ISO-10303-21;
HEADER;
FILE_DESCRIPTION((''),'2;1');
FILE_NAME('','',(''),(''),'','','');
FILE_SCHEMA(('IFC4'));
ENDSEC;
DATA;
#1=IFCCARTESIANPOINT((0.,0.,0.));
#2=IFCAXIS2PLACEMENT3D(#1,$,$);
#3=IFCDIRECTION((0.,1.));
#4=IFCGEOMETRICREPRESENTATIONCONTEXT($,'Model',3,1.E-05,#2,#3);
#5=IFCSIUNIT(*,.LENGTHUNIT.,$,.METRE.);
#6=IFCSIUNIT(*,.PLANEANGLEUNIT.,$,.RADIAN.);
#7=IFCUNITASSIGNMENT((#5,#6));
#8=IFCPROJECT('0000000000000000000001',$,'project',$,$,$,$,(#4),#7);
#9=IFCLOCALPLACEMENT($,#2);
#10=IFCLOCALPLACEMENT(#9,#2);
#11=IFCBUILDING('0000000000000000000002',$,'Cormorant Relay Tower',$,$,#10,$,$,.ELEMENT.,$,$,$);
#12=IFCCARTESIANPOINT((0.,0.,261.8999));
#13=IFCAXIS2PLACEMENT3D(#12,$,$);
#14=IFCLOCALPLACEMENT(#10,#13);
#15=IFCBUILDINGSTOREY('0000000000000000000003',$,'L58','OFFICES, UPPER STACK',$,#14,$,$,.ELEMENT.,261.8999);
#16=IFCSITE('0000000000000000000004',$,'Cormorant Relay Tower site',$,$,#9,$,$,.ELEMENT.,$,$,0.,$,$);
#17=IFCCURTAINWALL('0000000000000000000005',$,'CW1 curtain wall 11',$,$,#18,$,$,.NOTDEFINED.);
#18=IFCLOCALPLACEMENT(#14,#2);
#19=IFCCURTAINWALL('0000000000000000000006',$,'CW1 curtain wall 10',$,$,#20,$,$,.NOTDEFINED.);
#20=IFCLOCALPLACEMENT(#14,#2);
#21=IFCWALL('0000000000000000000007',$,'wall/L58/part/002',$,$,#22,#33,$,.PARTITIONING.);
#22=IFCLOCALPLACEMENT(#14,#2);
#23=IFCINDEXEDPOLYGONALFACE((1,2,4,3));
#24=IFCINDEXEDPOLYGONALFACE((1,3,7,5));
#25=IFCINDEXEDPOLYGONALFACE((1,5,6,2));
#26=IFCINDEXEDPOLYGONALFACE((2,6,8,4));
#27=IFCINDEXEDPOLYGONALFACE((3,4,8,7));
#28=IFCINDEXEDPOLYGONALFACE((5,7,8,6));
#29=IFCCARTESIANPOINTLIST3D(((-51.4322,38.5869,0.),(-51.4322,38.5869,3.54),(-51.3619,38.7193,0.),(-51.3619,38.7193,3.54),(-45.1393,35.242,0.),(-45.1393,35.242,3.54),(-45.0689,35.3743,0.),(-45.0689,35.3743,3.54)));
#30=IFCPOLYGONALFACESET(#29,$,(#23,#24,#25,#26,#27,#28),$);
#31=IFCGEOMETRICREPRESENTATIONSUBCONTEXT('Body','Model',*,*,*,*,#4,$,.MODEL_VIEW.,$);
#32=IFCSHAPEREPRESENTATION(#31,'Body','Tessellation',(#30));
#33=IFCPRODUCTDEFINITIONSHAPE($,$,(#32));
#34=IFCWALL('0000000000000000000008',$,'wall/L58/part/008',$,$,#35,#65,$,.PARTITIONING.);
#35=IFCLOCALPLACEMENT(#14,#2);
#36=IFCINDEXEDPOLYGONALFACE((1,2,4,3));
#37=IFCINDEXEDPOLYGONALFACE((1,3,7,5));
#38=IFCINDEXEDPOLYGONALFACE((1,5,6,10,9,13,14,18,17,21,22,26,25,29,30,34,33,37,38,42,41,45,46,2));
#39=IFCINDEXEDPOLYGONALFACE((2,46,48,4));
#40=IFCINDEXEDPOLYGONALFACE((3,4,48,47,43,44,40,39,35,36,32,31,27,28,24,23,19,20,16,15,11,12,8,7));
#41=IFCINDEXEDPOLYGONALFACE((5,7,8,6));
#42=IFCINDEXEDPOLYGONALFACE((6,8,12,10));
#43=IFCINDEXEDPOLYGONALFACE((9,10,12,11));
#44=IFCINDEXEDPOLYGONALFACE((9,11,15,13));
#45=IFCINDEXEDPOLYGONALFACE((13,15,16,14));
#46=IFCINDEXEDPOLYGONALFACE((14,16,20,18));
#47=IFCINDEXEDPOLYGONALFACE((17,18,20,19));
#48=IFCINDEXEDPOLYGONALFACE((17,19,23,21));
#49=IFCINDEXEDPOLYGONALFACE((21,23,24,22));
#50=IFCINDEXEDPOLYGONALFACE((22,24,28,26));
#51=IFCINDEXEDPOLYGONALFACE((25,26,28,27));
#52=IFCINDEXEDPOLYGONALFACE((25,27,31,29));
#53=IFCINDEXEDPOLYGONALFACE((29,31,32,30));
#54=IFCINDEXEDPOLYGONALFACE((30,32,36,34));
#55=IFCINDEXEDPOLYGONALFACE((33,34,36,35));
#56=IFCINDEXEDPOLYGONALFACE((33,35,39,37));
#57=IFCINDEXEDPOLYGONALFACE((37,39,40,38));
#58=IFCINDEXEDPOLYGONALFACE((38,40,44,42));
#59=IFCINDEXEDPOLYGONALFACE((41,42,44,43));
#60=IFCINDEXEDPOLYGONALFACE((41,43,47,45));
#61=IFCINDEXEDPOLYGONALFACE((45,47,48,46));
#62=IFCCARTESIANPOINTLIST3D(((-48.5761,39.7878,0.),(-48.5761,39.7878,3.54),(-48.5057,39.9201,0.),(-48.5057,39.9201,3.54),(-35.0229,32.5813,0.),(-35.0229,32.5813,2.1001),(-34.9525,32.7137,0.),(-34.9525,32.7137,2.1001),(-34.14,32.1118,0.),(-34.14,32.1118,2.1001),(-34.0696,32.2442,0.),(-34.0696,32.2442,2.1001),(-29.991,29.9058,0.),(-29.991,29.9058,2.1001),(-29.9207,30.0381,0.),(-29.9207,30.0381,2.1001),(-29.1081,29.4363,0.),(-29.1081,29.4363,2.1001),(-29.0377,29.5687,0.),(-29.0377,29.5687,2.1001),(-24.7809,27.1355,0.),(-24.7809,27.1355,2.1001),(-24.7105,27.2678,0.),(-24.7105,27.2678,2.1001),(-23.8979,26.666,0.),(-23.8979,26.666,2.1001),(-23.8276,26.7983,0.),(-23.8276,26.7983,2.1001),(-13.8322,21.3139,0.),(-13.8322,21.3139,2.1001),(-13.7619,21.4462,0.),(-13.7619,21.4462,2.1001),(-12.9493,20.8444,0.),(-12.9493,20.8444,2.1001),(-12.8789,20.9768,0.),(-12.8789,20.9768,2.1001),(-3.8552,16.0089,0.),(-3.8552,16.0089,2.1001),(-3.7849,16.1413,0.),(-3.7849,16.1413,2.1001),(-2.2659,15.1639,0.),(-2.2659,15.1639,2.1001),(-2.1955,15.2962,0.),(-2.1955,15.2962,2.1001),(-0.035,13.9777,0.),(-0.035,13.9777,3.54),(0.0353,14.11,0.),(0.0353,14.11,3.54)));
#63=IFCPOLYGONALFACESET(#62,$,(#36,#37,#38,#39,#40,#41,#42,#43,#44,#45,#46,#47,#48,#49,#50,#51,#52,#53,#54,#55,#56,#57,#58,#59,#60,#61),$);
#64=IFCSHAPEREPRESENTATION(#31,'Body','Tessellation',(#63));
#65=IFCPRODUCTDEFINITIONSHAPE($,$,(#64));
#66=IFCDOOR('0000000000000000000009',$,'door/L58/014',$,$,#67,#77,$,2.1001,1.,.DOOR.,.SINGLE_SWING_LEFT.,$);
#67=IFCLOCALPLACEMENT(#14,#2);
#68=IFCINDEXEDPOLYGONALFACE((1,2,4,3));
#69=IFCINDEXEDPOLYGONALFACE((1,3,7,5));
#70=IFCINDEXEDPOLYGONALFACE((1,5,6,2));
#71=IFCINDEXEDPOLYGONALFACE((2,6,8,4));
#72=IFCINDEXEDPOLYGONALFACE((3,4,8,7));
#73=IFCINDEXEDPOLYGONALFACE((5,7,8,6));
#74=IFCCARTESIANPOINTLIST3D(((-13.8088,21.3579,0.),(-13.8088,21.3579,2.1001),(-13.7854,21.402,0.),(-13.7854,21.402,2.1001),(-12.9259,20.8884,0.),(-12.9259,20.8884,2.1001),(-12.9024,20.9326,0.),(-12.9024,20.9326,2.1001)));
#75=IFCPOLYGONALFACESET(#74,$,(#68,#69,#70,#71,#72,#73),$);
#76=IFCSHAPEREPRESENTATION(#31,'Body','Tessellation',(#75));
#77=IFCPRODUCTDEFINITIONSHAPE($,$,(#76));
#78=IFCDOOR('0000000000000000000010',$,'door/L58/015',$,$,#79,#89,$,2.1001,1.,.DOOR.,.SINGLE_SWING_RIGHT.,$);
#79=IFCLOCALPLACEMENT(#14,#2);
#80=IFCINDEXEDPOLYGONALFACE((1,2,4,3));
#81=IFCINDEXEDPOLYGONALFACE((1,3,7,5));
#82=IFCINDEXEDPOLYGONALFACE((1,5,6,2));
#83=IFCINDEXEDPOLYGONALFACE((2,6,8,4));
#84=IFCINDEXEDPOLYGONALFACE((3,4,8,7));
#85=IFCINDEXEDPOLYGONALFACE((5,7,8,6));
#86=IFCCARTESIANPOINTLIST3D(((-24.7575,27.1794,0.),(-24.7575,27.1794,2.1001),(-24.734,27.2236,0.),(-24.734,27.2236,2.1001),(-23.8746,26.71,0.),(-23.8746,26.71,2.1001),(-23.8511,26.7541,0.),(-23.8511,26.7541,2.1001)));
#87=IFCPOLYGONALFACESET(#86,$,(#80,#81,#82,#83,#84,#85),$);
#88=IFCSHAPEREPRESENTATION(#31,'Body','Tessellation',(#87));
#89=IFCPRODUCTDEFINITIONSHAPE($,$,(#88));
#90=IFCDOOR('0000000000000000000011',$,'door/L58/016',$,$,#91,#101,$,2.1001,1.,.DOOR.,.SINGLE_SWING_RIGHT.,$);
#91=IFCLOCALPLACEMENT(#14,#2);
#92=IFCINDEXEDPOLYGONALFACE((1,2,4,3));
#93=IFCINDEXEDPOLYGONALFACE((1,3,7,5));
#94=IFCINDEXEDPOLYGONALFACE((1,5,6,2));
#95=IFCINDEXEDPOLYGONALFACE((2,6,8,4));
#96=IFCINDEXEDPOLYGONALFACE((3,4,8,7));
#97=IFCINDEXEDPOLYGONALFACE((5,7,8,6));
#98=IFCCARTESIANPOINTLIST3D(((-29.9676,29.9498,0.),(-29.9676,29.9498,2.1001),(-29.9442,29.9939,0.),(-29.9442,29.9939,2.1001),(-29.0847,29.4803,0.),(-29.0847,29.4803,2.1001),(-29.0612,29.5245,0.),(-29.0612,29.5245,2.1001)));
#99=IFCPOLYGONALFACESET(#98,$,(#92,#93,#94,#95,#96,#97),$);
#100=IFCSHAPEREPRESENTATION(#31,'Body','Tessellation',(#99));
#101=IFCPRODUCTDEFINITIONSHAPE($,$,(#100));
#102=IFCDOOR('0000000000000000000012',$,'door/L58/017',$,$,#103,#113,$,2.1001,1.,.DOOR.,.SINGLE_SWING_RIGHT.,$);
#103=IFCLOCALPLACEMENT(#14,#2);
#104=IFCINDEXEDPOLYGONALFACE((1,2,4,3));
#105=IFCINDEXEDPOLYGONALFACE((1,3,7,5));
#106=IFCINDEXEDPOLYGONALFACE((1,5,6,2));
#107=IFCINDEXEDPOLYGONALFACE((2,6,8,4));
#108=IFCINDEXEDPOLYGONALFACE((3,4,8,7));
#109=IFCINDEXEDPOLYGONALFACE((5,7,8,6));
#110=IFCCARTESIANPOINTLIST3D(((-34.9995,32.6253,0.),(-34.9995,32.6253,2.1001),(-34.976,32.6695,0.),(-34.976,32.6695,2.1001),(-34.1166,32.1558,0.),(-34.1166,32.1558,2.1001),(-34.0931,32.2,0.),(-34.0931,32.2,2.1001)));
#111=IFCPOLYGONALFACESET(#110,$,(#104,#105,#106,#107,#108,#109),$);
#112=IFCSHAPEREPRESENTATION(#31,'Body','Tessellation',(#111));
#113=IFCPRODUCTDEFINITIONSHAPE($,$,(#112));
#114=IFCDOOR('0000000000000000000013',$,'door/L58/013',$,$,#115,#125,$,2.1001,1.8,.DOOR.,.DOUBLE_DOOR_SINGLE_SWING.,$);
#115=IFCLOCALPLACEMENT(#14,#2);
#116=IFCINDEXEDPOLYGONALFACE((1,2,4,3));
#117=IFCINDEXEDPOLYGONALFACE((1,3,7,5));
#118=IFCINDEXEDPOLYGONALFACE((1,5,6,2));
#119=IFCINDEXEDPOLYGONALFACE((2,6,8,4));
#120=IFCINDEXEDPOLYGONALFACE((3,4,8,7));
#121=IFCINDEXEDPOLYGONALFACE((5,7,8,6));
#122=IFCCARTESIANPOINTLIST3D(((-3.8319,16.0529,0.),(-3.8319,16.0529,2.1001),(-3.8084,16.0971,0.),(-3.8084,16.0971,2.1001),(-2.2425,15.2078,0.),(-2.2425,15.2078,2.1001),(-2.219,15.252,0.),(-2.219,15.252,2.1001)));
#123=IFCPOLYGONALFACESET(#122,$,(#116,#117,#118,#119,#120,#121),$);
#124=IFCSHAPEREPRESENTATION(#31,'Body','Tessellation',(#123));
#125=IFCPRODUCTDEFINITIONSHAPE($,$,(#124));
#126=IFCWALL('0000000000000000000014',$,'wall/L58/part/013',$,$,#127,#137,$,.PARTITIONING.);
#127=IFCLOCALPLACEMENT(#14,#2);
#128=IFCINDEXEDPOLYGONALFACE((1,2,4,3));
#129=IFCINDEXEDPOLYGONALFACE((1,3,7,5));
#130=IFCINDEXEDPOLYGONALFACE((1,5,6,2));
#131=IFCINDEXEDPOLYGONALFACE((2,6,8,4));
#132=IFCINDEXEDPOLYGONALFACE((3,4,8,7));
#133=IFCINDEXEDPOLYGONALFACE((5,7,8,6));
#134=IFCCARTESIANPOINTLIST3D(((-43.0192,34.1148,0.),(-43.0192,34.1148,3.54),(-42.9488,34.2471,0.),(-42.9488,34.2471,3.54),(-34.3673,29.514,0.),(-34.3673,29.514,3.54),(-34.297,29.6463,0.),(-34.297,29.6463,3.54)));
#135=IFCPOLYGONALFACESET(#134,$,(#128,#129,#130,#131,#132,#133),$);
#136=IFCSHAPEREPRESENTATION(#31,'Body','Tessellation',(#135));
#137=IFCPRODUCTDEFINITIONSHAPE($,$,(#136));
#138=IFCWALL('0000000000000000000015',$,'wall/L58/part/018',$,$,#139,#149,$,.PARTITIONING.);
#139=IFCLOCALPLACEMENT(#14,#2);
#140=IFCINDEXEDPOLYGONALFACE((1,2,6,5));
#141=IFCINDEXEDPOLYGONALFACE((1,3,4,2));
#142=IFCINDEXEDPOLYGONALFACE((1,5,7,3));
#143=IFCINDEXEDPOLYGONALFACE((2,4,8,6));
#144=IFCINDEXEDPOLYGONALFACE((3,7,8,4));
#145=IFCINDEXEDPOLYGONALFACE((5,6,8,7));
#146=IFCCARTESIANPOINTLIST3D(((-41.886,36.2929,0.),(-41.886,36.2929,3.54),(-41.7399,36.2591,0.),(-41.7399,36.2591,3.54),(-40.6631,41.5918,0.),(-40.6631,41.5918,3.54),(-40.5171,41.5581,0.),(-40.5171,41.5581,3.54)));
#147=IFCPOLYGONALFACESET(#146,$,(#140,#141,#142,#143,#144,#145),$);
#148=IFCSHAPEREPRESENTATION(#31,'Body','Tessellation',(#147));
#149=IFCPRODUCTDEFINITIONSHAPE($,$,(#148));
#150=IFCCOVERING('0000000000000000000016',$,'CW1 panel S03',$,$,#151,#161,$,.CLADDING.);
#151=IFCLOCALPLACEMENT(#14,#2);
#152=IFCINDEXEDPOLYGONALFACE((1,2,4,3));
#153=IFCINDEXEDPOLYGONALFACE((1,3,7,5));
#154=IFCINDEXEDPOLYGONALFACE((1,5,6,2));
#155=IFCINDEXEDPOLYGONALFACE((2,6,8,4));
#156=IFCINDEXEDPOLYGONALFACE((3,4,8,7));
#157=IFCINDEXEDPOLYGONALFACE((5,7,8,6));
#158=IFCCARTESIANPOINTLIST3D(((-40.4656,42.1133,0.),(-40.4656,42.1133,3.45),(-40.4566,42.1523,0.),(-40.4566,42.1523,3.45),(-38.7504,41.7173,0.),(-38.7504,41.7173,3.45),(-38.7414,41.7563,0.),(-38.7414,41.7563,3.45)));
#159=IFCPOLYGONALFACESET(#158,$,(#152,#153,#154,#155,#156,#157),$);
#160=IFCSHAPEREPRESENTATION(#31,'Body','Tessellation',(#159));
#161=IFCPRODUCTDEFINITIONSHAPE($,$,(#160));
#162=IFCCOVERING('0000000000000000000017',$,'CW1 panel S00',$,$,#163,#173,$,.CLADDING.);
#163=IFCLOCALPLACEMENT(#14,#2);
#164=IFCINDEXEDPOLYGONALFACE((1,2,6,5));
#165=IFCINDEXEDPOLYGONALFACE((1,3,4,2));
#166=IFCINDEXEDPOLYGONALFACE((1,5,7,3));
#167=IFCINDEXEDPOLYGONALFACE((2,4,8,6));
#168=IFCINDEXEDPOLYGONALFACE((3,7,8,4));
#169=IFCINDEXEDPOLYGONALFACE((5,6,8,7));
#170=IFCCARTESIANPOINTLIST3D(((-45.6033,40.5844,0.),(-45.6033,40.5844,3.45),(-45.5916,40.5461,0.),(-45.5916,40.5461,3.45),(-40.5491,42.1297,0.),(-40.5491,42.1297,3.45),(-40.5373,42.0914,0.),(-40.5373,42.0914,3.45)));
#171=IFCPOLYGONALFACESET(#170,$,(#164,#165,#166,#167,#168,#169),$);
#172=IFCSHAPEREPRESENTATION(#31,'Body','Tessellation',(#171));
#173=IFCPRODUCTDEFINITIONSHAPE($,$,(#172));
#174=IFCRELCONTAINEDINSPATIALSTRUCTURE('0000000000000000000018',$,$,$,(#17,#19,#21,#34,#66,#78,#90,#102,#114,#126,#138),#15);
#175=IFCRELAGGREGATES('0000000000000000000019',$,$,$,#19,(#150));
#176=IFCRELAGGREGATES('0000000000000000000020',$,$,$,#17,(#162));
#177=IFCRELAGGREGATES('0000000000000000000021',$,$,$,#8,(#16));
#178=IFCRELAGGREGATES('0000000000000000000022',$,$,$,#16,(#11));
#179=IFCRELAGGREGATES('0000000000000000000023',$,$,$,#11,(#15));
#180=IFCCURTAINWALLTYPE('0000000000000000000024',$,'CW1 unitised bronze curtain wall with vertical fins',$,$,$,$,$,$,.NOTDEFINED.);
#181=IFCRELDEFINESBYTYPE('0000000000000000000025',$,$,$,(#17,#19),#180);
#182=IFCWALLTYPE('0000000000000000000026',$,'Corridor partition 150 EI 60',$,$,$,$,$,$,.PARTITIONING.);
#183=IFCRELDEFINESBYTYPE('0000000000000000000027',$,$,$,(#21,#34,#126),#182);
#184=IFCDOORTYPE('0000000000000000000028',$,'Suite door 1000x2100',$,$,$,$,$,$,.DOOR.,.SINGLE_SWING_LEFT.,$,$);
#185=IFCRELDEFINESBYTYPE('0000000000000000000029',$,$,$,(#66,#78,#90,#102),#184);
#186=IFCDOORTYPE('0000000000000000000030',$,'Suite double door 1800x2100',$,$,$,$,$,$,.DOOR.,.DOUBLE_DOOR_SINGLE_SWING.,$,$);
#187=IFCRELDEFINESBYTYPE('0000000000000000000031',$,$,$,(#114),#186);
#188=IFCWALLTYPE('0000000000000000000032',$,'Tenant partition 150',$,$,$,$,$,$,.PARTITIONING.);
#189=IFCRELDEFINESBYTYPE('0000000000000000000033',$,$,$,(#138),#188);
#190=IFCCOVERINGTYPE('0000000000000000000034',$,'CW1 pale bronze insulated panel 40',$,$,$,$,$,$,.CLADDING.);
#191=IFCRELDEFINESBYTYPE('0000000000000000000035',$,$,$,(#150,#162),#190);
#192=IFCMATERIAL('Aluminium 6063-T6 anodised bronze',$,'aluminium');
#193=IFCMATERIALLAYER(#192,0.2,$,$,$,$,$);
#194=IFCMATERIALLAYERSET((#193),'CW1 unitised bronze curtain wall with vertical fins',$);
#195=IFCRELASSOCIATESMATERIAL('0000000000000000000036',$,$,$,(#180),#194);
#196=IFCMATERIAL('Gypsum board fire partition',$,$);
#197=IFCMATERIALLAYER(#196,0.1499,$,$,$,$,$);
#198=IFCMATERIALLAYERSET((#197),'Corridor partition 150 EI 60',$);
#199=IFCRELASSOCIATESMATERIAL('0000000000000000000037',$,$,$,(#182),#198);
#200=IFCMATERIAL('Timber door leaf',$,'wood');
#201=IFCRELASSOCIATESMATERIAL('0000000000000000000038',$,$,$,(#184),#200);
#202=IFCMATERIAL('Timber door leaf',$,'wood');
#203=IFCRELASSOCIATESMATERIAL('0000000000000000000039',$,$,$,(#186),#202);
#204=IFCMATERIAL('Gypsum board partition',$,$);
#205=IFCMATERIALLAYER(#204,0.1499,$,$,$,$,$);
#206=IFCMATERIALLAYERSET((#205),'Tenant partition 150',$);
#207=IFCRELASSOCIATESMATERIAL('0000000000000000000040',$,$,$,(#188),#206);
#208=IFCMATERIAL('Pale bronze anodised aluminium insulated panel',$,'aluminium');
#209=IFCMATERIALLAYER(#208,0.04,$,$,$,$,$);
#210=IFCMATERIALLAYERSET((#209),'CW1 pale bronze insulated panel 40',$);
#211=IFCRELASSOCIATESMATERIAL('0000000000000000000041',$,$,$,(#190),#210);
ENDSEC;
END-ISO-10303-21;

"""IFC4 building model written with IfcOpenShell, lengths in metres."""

from ifc_helpers import new_model, si_unit, direction, frame, frame_2d, origin, origin_2d, place, context, subcontext, project, spatial, rectangle, extrude, material, layer, layer_set, type_object, element, fill, aggregate, save


model = new_model("IFC4")

# Units and contexts
model_context = context("Model", 3, precision=1e-05, world=origin(), true_north=direction((0.0, 1.0)))
body_context = subcontext(model_context, "Body", "Model", "MODEL_VIEW")
ifc_project = project(units=[si_unit("LENGTHUNIT", "METRE"), si_unit("PLANEANGLEUNIT", "RADIAN")], contexts=[model_context])

# Site, building, storey
site_placement = place(None, origin())
site = spatial("IfcSite", under=ifc_project, at=site_placement, Name="Cormorant Relay Tower site", CompositionType="ELEMENT", RefElevation=0.0)
building_placement = place(site_placement, origin())
building = spatial("IfcBuilding", under=site, at=building_placement, Name="Cormorant Relay Tower", CompositionType="ELEMENT")
storey_placement = place(building_placement, frame((0.0, 0.0, 261.8999)))
storey = spatial("IfcBuildingStorey", under=building, at=storey_placement, Name="L58", Description="OFFICES, UPPER STACK", CompositionType="ELEMENT", Elevation=261.8999)

# Curtain wall
ifc_material_1 = material(Name="Aluminium 6063-T6 anodised bronze", Category="aluminium")
ifc_layer_1 = layer(ifc_material_1, 0.2)
ifc_layer_set_1 = layer_set([ifc_layer_1], Name="CW1 unitised bronze curtain wall with vertical fins")
curtain_wall_type = type_object("IfcCurtainWallType", Name="CW1 unitised bronze curtain wall with vertical fins", PredefinedType="NOTDEFINED", material=ifc_layer_set_1)
curtain_wall_1_placement = place(storey_placement, origin())
curtain_wall_1 = element("IfcCurtainWall", 1, at=curtain_wall_1_placement, inside=storey, type_object=curtain_wall_type, Name="CW1 curtain wall 11", PredefinedType="NOTDEFINED")

# Curtain wall
curtain_wall_2_placement = place(storey_placement, origin())
curtain_wall_2 = element("IfcCurtainWall", 2, at=curtain_wall_2_placement, inside=storey, type_object=curtain_wall_type, Name="CW1 curtain wall 10", PredefinedType="NOTDEFINED")

# Wall
ifc_material_2 = material(Name="Gypsum board fire partition")
ifc_layer_2 = layer(ifc_material_2, 0.1499)
ifc_layer_set_2 = layer_set([ifc_layer_2], Name="Corridor partition 150 EI 60")
wall_type_1 = type_object("IfcWallType", Name="Corridor partition 150 EI 60", PredefinedType="PARTITIONING", material=ifc_layer_set_2)
wall_1_placement = place(storey_placement, frame((-45.104, 35.3081, 0.0), z_axis=(0.0, 0.0, 1.0), x_axis=(-0.883009, 0.469356, 0.0)))
element("IfcWall", 3, at=wall_1_placement, inside=storey, type_object=wall_type_1, Name="wall/L58/part/002", PredefinedType="PARTITIONING", context=body_context, shape_type="SweptSolid", body=[
    extrude(rectangle(XDim=7.1267, YDim=0.1499, at=frame_2d((3.5635, 0.0))), origin(), (0.0, 0.0, 1.0), 3.54),
])

# Wall, openings, doors
wall_2_placement = place(storey_placement, frame((-48.541, 39.854, 0.0), z_axis=(0.0, 0.0, 1.0), x_axis=(0.882945, -0.469476, 0.0)))
wall_2 = element("IfcWall", 4, at=wall_2_placement, inside=storey, type_object=wall_type_1, Name="wall/L58/part/008", PredefinedType="PARTITIONING", context=body_context, shape_type="SweptSolid", body=[
    extrude(rectangle(XDim=54.9763, YDim=0.1499, at=frame_2d((27.4883, 0.0))), origin(), (0.0, 0.0, 1.0), 3.54),
])
opening_1_placement = place(wall_2_placement, frame((50.6499, 0.0, 0.0)))
opening_1 = element("IfcOpeningElement", 5, at=opening_1_placement, cuts=wall_2, PredefinedType="OPENING", context=body_context, shape_type="SweptSolid", body=[
    extrude(rectangle(XDim=1.8, YDim=2.1001, at=frame_2d((0.8999, 1.05))), frame((0.0, 0.085, 0.0), z_axis=(0.0, -1.0, 0.0), x_axis=(1.0, 0.0, 0.0)), (0.0, 0.0, 1.0), 0.1699),
])
opening_2_placement = place(wall_2_placement, frame((39.3501, 0.0, 0.0)))
opening_2 = element("IfcOpeningElement", 6, at=opening_2_placement, cuts=wall_2, PredefinedType="OPENING", context=body_context, shape_type="SweptSolid", body=[
    extrude(rectangle(XDim=1.0, YDim=2.1001, at=frame_2d((0.5, 1.05))), frame((0.0, 0.085, 0.0), z_axis=(0.0, -1.0, 0.0), x_axis=(1.0, 0.0, 0.0)), (0.0, 0.0, 1.0), 0.1699),
])
opening_3_placement = place(wall_2_placement, frame((26.95, 0.0, 0.0)))
opening_3 = element("IfcOpeningElement", 7, at=opening_3_placement, cuts=wall_2, PredefinedType="OPENING", context=body_context, shape_type="SweptSolid", body=[
    extrude(rectangle(XDim=1.0, YDim=2.1001, at=frame_2d((0.5, 1.05))), frame((0.0, 0.085, 0.0), z_axis=(0.0, -1.0, 0.0), x_axis=(1.0, 0.0, 0.0)), (0.0, 0.0, 1.0), 0.1699),
])
opening_4_placement = place(wall_2_placement, frame((21.0491, 0.0, 0.0)))
opening_4 = element("IfcOpeningElement", 8, at=opening_4_placement, cuts=wall_2, PredefinedType="OPENING", context=body_context, shape_type="SweptSolid", body=[
    extrude(rectangle(XDim=1.0, YDim=2.1001, at=frame_2d((0.5, 1.05))), frame((0.0, 0.085, 0.0), z_axis=(0.0, -1.0, 0.0), x_axis=(1.0, 0.0, 0.0)), (0.0, 0.0, 1.0), 0.1699),
])
opening_5_placement = place(wall_2_placement, frame((15.3501, 0.0, 0.0)))
opening_5 = element("IfcOpeningElement", 9, at=opening_5_placement, cuts=wall_2, PredefinedType="OPENING", context=body_context, shape_type="SweptSolid", body=[
    extrude(rectangle(XDim=1.0, YDim=2.1001, at=frame_2d((0.5, 1.05))), frame((0.0, 0.085, 0.0), z_axis=(0.0, -1.0, 0.0), x_axis=(1.0, 0.0, 0.0)), (0.0, 0.0, 1.0), 0.1699),
])
ifc_material_3 = material(Name="Timber door leaf", Category="wood")
door_type_1 = type_object("IfcDoorType", Name="Suite door 1000x2100", OperationType="SINGLE_SWING_LEFT", PredefinedType="DOOR", material=ifc_material_3)
door_1_placement = place(opening_2_placement, origin())
door_1 = element("IfcDoor", 10, at=door_1_placement, inside=storey, type_object=door_type_1, Name="door/L58/014", OperationType="SINGLE_SWING_LEFT", OverallHeight=2.1001, OverallWidth=1.0, PredefinedType="DOOR", context=body_context, shape_type="SweptSolid", body=[
    extrude(rectangle(XDim=1.0, YDim=2.1001, at=frame_2d((0.5, 1.05))), frame((0.0, 0.0249, 0.0), z_axis=(0.0, -1.0, 0.0), x_axis=(1.0, 0.0, 0.0)), (0.0, 0.0, 1.0), 0.05),
])
fill(opening_2, door_1)
door_2_placement = place(opening_3_placement, origin())
door_2 = element("IfcDoor", 11, at=door_2_placement, inside=storey, type_object=door_type_1, Name="door/L58/015", OperationType="SINGLE_SWING_RIGHT", OverallHeight=2.1001, OverallWidth=1.0, PredefinedType="DOOR", context=body_context, shape_type="SweptSolid", body=[
    extrude(rectangle(XDim=1.0, YDim=2.1001, at=frame_2d((0.5, 1.05))), frame((0.0, 0.0249, 0.0), z_axis=(0.0, -1.0, 0.0), x_axis=(1.0, 0.0, 0.0)), (0.0, 0.0, 1.0), 0.05),
])
fill(opening_3, door_2)
door_3_placement = place(opening_4_placement, origin())
door_3 = element("IfcDoor", 12, at=door_3_placement, inside=storey, type_object=door_type_1, Name="door/L58/016", OperationType="SINGLE_SWING_RIGHT", OverallHeight=2.1001, OverallWidth=1.0, PredefinedType="DOOR", context=body_context, shape_type="SweptSolid", body=[
    extrude(rectangle(XDim=1.0, YDim=2.1001, at=frame_2d((0.5, 1.05))), frame((0.0, 0.0249, 0.0), z_axis=(0.0, -1.0, 0.0), x_axis=(1.0, 0.0, 0.0)), (0.0, 0.0, 1.0), 0.05),
])
fill(opening_4, door_3)
door_4_placement = place(opening_5_placement, origin())
door_4 = element("IfcDoor", 13, at=door_4_placement, inside=storey, type_object=door_type_1, Name="door/L58/017", OperationType="SINGLE_SWING_RIGHT", OverallHeight=2.1001, OverallWidth=1.0, PredefinedType="DOOR", context=body_context, shape_type="SweptSolid", body=[
    extrude(rectangle(XDim=1.0, YDim=2.1001, at=frame_2d((0.5, 1.05))), frame((0.0, 0.0249, 0.0), z_axis=(0.0, -1.0, 0.0), x_axis=(1.0, 0.0, 0.0)), (0.0, 0.0, 1.0), 0.05),
])
fill(opening_5, door_4)
ifc_material_4 = material(Name="Timber door leaf", Category="wood")
door_type_2 = type_object("IfcDoorType", Name="Suite double door 1800x2100", OperationType="DOUBLE_DOOR_SINGLE_SWING", PredefinedType="DOOR", material=ifc_material_4)
door_5_placement = place(opening_1_placement, origin())
door_5 = element("IfcDoor", 14, at=door_5_placement, inside=storey, type_object=door_type_2, Name="door/L58/013", OperationType="DOUBLE_DOOR_SINGLE_SWING", OverallHeight=2.1001, OverallWidth=1.8, PredefinedType="DOOR", context=body_context, shape_type="SweptSolid", body=[
    extrude(rectangle(XDim=1.8, YDim=2.1001, at=frame_2d((0.8999, 1.05))), frame((0.0, 0.0249, 0.0), z_axis=(0.0, -1.0, 0.0), x_axis=(1.0, 0.0, 0.0)), (0.0, 0.0, 1.0), 0.05),
])
fill(opening_1, door_5)

# Walls
wall_3_placement = place(storey_placement, frame((-42.9839, 34.1809, 0.0), z_axis=(0.0, 0.0, 1.0), x_axis=(0.882924, -0.469516, 0.0)))
element("IfcWall", 15, at=wall_3_placement, inside=storey, type_object=wall_type_1, Name="wall/L58/part/013", PredefinedType="PARTITIONING", context=body_context, shape_type="SweptSolid", body=[
    extrude(rectangle(XDim=9.7991, YDim=0.1499, at=frame_2d((4.8994, 0.0))), origin(), (0.0, 0.0, 1.0), 3.54),
])
ifc_material_5 = material(Name="Gypsum board partition")
ifc_layer_3 = layer(ifc_material_5, 0.1499)
ifc_layer_set_3 = layer_set([ifc_layer_3], Name="Tenant partition 150")
wall_type_2 = type_object("IfcWallType", Name="Tenant partition 150", PredefinedType="PARTITIONING", material=ifc_layer_set_3)
wall_4_placement = place(storey_placement, frame((-41.813, 36.2759, 0.0), z_axis=(0.0, 0.0, 1.0), x_axis=(0.224866, 0.97439, 0.0)))
element("IfcWall", 16, at=wall_4_placement, inside=storey, type_object=wall_type_2, Name="wall/L58/part/018", PredefinedType="PARTITIONING", context=body_context, shape_type="SweptSolid", body=[
    extrude(rectangle(XDim=5.4382, YDim=0.1499, at=frame_2d((2.7192, 0.0))), origin(), (0.0, 0.0, 1.0), 3.54),
])

# Coverings
ifc_material_6 = material(Name="Pale bronze anodised aluminium insulated panel", Category="aluminium")
ifc_layer_4 = layer(ifc_material_6, 0.04)
ifc_layer_set_4 = layer_set([ifc_layer_4], Name="CW1 pale bronze insulated panel 40")
covering_type = type_object("IfcCoveringType", Name="CW1 pale bronze insulated panel 40", PredefinedType="CLADDING", material=ifc_layer_set_4)
covering_1_placement = place(storey_placement, frame((-39.6035, 41.9348, 0.0), z_axis=(0.0, 0.0, 1.0), x_axis=(-0.97437, 0.224951, 0.0)))
covering_1 = element("IfcCovering", 17, at=covering_1_placement, type_object=covering_type, Name="CW1 panel S03", PredefinedType="CLADDING", context=body_context, shape_type="SweptSolid", body=[
    extrude(rectangle(XDim=1.7603, YDim=0.04, at=origin_2d()), origin(), (0.0, 0.0, 1.0), 3.45),
])
aggregate(curtain_wall_2, [covering_1])
covering_2_placement = place(storey_placement, frame((-43.0703, 41.3379, 0.0), z_axis=(0.0, 0.0, 1.0), x_axis=(-0.956305, -0.292372, 0.0)))
covering_2 = element("IfcCovering", 18, at=covering_2_placement, type_object=covering_type, Name="CW1 panel S00", PredefinedType="CLADDING", context=body_context, shape_type="SweptSolid", body=[
    extrude(rectangle(XDim=5.2852, YDim=0.04, at=origin_2d()), origin(), (0.0, 0.0, 1.0), 3.45),
])
aggregate(curtain_wall_1, [covering_2])

save(model, "model.ifc")
